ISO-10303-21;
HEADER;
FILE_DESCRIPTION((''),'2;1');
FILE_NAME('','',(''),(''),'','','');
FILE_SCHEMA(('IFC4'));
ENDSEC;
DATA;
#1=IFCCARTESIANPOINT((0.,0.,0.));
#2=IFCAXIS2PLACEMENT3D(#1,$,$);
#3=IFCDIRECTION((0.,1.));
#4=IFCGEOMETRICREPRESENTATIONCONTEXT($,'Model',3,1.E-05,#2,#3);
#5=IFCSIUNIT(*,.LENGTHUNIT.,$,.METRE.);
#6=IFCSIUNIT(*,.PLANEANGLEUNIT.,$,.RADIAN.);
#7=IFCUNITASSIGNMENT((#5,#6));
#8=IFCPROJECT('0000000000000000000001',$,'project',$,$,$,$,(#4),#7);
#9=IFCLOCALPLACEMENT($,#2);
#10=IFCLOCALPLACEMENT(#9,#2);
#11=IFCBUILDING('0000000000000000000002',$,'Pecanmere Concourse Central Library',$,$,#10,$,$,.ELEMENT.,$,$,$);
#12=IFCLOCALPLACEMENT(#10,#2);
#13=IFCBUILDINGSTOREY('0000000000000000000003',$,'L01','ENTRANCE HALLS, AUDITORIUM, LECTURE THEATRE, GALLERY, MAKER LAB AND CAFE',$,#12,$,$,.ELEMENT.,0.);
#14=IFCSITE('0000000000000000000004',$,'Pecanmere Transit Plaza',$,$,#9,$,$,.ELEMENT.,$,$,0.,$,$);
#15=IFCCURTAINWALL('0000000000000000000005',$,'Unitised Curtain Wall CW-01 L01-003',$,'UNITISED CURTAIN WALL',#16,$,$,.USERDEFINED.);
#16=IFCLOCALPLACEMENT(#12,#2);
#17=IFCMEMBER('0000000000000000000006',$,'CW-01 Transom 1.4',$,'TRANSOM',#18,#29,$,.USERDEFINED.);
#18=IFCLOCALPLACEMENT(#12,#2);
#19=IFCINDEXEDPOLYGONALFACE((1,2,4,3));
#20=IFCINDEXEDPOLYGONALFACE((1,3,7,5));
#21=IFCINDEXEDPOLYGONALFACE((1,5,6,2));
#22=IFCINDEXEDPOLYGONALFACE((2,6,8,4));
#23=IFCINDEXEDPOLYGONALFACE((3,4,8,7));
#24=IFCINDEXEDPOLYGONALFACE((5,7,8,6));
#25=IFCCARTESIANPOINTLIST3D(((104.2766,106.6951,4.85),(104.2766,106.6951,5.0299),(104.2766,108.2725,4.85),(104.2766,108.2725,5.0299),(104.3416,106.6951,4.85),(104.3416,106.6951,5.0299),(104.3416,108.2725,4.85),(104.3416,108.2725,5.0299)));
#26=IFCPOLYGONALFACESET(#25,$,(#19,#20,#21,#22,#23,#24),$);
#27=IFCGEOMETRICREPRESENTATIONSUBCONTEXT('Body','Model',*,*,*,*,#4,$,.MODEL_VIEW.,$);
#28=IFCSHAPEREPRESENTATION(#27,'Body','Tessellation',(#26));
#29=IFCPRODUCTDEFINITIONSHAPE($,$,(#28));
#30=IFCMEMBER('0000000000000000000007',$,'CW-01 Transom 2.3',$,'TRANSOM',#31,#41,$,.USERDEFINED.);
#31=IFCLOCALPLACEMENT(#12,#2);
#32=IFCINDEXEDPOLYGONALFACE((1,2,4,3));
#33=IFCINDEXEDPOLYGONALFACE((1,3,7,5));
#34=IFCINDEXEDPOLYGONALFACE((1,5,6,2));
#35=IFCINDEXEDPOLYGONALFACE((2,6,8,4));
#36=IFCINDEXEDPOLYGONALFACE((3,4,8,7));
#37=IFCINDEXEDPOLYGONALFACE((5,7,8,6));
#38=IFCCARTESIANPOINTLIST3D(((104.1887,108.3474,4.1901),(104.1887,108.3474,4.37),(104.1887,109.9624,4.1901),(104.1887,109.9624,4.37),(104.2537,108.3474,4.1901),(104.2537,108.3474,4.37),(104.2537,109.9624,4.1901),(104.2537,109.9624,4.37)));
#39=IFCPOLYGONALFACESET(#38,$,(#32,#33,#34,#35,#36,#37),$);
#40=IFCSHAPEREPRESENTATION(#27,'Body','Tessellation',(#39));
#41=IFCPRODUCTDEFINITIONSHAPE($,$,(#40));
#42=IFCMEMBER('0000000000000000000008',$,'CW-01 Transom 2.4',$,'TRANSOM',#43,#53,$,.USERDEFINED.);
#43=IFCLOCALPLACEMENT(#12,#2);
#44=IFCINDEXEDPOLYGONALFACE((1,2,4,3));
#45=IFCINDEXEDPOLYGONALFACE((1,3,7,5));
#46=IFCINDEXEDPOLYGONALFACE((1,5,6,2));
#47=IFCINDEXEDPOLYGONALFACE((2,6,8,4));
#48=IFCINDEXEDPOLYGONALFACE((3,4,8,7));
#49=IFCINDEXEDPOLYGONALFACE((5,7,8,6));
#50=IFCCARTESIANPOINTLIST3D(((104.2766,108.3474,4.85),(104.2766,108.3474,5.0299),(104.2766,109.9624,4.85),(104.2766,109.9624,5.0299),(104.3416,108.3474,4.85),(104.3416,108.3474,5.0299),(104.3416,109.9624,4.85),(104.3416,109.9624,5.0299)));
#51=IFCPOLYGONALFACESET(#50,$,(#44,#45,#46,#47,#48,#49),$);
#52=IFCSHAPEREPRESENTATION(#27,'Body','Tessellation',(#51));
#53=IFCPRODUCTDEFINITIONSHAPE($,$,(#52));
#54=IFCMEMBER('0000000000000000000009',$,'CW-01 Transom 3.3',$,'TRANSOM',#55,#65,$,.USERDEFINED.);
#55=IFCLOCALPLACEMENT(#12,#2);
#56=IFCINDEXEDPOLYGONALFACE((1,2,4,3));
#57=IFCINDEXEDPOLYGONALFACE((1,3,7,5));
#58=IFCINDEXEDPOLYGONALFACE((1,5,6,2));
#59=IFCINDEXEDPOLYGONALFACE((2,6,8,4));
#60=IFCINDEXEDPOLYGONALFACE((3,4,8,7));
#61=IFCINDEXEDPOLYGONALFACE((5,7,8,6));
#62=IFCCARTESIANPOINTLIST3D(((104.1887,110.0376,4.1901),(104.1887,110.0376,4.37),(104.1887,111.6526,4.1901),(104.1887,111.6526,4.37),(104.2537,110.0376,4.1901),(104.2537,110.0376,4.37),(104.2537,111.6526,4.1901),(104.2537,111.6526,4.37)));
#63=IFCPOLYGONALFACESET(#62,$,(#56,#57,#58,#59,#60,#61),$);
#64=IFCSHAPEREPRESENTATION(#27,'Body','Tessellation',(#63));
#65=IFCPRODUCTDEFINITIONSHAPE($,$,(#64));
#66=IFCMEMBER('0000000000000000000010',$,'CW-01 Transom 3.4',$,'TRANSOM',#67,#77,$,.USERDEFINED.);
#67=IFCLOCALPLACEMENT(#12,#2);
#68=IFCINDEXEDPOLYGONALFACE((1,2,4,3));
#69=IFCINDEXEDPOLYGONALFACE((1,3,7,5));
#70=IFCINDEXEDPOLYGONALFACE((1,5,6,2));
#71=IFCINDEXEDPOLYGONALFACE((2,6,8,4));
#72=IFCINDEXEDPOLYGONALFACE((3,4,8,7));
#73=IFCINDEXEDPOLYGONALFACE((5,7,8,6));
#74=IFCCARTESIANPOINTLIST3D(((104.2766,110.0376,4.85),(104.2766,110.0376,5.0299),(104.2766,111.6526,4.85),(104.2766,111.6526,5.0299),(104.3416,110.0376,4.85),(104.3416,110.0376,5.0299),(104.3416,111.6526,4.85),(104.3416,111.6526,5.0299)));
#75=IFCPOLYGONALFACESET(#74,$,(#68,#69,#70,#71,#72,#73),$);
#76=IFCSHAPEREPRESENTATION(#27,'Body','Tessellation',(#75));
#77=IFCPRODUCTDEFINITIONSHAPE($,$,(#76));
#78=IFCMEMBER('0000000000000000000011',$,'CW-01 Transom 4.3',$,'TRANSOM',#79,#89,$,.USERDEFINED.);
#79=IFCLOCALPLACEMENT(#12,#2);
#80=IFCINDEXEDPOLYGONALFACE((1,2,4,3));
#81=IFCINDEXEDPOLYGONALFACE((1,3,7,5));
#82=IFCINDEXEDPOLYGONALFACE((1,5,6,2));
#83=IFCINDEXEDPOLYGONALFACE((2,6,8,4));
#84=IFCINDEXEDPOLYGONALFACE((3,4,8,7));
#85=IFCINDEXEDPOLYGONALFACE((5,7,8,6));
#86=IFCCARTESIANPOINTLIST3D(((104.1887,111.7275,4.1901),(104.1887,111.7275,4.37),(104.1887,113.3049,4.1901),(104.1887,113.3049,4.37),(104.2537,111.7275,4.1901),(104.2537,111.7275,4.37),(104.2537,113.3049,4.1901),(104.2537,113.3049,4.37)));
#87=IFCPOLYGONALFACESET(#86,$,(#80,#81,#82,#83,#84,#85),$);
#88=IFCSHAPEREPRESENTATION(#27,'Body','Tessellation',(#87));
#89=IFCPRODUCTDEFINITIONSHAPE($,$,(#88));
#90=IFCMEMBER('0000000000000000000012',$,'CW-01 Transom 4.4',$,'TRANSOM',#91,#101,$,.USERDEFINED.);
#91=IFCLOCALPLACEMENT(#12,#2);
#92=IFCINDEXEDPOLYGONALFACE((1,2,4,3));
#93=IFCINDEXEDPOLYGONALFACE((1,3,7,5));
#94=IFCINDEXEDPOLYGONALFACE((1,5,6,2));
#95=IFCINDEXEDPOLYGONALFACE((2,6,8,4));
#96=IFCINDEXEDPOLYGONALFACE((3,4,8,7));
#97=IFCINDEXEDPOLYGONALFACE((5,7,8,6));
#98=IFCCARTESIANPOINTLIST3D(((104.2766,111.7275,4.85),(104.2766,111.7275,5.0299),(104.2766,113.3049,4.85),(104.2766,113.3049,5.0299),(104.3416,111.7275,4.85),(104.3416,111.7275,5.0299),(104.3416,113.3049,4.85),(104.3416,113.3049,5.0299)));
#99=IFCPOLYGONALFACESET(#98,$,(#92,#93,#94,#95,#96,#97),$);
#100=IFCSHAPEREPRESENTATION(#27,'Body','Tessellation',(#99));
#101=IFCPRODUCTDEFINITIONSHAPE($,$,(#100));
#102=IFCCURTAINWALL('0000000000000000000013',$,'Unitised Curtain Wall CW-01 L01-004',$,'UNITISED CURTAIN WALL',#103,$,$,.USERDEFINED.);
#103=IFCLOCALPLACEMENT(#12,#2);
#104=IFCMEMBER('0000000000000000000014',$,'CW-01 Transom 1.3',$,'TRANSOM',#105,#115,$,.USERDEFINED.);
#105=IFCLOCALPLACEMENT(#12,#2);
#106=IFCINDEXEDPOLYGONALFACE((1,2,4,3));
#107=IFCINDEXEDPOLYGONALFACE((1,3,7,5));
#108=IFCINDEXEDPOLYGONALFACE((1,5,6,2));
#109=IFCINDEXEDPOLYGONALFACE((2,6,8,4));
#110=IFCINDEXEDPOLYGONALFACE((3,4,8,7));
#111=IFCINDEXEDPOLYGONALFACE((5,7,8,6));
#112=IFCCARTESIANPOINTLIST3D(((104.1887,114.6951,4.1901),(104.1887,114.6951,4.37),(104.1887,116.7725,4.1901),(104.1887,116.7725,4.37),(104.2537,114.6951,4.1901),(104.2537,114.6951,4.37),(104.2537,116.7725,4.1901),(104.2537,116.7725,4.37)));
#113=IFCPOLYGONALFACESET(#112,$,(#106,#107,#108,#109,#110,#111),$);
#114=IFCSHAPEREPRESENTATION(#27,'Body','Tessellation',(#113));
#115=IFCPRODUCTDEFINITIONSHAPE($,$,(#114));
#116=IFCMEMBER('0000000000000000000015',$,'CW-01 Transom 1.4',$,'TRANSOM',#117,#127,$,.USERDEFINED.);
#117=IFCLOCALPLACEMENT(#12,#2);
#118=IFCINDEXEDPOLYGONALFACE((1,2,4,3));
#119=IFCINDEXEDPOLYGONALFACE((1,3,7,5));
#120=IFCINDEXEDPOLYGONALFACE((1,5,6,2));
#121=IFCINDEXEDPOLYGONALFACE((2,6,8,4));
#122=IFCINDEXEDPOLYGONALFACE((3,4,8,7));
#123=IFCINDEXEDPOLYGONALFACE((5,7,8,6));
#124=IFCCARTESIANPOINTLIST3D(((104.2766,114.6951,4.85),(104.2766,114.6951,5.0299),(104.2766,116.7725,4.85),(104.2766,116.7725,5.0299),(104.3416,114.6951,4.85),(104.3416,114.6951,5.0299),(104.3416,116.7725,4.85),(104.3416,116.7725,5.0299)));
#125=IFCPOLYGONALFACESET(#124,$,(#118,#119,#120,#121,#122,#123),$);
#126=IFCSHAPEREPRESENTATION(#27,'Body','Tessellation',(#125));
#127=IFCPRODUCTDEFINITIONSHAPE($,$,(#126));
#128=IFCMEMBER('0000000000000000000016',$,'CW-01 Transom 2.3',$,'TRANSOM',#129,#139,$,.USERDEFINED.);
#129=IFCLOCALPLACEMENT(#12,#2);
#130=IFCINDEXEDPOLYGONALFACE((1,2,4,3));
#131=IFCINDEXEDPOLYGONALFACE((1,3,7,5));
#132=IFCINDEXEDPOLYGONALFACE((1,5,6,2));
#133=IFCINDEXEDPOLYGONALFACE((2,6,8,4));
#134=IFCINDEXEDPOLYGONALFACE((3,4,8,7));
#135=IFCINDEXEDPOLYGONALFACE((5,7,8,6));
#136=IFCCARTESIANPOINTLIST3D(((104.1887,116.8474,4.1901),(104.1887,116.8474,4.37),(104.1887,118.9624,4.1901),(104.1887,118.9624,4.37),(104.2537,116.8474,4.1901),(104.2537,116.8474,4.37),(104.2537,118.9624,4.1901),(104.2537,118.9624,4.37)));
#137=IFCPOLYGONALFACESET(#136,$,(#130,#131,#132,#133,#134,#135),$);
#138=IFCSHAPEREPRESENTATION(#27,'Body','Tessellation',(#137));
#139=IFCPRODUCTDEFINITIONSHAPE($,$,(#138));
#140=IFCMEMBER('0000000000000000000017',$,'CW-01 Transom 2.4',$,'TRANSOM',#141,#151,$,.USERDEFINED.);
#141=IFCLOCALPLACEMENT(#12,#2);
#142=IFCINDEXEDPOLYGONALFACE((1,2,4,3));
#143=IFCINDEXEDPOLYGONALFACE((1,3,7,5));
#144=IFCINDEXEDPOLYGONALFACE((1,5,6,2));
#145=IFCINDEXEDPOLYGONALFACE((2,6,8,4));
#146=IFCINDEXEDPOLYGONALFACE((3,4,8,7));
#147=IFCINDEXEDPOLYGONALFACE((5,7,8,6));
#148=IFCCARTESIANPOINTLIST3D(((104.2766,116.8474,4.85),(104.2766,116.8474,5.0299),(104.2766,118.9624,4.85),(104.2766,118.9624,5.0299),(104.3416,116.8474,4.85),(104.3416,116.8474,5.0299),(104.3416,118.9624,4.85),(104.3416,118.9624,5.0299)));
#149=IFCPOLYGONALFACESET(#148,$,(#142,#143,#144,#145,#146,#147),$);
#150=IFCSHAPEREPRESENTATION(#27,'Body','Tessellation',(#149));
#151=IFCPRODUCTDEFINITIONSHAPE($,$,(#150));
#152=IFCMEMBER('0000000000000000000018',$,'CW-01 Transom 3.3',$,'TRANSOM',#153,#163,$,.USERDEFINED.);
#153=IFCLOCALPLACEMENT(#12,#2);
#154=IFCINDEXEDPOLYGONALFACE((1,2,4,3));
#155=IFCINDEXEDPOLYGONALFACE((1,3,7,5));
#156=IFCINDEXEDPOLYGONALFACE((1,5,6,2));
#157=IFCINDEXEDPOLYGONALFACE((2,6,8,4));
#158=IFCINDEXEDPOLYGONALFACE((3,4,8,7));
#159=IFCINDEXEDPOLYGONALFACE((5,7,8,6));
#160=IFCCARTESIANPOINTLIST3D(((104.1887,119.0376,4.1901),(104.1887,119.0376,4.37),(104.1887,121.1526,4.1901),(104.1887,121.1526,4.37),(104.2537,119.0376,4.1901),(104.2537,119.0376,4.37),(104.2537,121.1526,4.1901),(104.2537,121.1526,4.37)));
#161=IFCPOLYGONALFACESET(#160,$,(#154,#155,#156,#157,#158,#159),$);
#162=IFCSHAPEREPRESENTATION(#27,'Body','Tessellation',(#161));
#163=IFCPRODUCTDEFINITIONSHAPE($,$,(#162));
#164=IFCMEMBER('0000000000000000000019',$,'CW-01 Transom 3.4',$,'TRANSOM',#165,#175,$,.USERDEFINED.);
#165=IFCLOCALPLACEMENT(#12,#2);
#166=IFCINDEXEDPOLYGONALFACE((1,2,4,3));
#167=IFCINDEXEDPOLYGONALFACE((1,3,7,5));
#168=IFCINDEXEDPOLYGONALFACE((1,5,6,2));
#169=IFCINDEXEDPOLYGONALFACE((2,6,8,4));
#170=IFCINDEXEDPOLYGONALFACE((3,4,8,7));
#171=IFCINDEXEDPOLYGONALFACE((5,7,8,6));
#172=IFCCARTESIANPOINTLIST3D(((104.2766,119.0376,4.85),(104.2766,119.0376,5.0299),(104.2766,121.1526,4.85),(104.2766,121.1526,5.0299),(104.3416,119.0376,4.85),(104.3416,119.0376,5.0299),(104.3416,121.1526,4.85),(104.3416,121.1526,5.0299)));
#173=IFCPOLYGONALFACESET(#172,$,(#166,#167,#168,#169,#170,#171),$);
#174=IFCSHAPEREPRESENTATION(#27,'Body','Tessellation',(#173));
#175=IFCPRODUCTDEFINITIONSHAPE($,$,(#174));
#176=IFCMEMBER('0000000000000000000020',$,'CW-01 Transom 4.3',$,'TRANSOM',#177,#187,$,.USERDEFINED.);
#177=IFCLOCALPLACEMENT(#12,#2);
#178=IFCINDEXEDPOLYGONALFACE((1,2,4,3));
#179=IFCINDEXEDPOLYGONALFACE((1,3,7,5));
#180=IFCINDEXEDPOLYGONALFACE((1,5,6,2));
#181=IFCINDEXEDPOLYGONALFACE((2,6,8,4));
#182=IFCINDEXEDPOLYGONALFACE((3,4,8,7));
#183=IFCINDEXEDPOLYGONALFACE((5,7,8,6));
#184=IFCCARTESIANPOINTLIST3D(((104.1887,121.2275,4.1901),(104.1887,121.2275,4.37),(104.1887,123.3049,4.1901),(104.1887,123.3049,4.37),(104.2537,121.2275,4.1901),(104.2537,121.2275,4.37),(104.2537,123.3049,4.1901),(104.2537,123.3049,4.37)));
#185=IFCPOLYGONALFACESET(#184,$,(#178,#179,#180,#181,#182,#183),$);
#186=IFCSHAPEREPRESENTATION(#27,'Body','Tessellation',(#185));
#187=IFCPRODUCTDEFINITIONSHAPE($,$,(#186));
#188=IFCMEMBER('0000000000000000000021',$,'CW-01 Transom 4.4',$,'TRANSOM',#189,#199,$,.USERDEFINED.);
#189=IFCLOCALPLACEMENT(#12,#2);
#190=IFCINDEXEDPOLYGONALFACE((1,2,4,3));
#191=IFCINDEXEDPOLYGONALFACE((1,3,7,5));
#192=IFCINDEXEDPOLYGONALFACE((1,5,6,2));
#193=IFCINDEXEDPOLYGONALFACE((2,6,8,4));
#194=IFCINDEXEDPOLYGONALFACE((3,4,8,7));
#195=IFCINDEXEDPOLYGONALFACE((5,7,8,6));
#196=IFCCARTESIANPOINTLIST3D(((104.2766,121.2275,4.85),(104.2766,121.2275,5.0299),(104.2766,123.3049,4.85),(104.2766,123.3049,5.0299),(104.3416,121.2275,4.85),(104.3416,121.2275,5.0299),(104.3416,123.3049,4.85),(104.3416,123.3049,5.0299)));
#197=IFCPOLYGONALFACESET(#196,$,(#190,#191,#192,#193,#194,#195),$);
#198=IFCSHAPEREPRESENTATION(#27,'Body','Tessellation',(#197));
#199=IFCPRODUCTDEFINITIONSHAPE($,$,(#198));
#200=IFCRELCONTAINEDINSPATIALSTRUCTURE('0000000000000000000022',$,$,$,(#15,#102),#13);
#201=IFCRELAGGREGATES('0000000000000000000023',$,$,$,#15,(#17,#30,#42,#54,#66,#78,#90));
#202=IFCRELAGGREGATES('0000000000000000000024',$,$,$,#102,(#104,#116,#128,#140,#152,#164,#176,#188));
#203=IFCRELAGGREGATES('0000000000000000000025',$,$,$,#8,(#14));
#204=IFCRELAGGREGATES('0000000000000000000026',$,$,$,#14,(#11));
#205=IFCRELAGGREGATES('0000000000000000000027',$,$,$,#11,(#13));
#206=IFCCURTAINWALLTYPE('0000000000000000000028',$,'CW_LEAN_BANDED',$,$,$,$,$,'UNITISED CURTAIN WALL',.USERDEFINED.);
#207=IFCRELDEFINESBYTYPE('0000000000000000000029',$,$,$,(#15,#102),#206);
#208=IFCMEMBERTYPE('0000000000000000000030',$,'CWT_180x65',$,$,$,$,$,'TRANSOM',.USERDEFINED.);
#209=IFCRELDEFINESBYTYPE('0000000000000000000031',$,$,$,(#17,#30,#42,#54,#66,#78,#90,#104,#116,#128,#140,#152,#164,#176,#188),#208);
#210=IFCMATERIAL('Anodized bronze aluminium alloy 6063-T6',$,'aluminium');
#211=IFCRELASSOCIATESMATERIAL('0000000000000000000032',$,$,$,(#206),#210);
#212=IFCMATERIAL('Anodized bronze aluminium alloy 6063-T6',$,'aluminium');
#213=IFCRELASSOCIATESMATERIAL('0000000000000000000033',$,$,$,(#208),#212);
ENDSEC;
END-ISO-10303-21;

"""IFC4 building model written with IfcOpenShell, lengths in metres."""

from ifc_helpers import new_model, si_unit, direction, frame, origin, origin_2d, place, context, subcontext, project, spatial, rectangle, extrude, material, material_profile, profile_set, type_object, element, aggregate, save


model = new_model("IFC4")

# Units and contexts
model_context = context("Model", 3, precision=1e-05, world=origin(), true_north=direction((0.0, 1.0)))
body_context = subcontext(model_context, "Body", "Model", "MODEL_VIEW")
ifc_project = project(units=[si_unit("LENGTHUNIT", "METRE"), si_unit("PLANEANGLEUNIT", "RADIAN")], contexts=[model_context])

# Site, building, storey
site_placement = place(None, origin())
site = spatial("IfcSite", under=ifc_project, at=site_placement, Name="Pecanmere Transit Plaza", CompositionType="ELEMENT", RefElevation=0.0)
building_placement = place(site_placement, origin())
building = spatial("IfcBuilding", under=site, at=building_placement, Name="Pecanmere Concourse Central Library", CompositionType="ELEMENT")
storey_placement = place(building_placement, origin())
storey = spatial("IfcBuildingStorey", under=building, at=storey_placement, Name="L01", Description="ENTRANCE HALLS, AUDITORIUM, LECTURE THEATRE, GALLERY, MAKER LAB AND CAFE", CompositionType="ELEMENT", Elevation=0.0)

# Curtain walls, members
ifc_material_1 = material(Name="Anodized bronze aluminium alloy 6063-T6", Category="aluminium")
curtain_wall_type = type_object("IfcCurtainWallType", Name="CW_LEAN_BANDED", ElementType="UNITISED CURTAIN WALL", PredefinedType="USERDEFINED", material=ifc_material_1)
curtain_wall_1_placement = place(storey_placement, origin())
curtain_wall_1 = element("IfcCurtainWall", 1, at=curtain_wall_1_placement, inside=storey, type_object=curtain_wall_type, Name="Unitised Curtain Wall CW-01 L01-003", ObjectType="UNITISED CURTAIN WALL", PredefinedType="USERDEFINED")
ifc_material_2 = material(Name="Anodized bronze aluminium alloy 6063-T6", Category="aluminium")
ifc_material_profile = material_profile(ifc_material_2, rectangle(XDim=0.0649, YDim=0.1799, at=origin_2d()), Name="AL 65x180")
ifc_profile_set = profile_set([ifc_material_profile], Name="Anodized bronze aluminium alloy 6063-T6")
member_type = type_object("IfcMemberType", Name="CWT_180x65", ElementType="TRANSOM", PredefinedType="USERDEFINED", material=ifc_profile_set)
member_1_placement = place(storey_placement, frame((104.3091, 106.6951, 4.9399), z_axis=(0.0, 1.0, 0.0), x_axis=(-1.0, 0.0, 0.0)))
member_1 = element("IfcMember", 2, at=member_1_placement, type_object=member_type, Name="CW-01 Transom 1.4", ObjectType="TRANSOM", PredefinedType="USERDEFINED", context=body_context, shape_type="SweptSolid", body=[
    extrude(rectangle(XDim=0.0649, YDim=0.1799, at=origin_2d()), origin(), (0.0, 0.0, 1.0), 1.5774),
])
member_2_placement = place(storey_placement, frame((104.2212, 108.3474, 4.28), z_axis=(0.0, 1.0, 0.0), x_axis=(-1.0, 0.0, 0.0)))
member_2 = element("IfcMember", 3, at=member_2_placement, type_object=member_type, Name="CW-01 Transom 2.3", ObjectType="TRANSOM", PredefinedType="USERDEFINED", context=body_context, shape_type="SweptSolid", body=[
    extrude(rectangle(XDim=0.0649, YDim=0.1799, at=origin_2d()), origin(), (0.0, 0.0, 1.0), 1.615),
])
member_3_placement = place(storey_placement, frame((104.3091, 108.3474, 4.9399), z_axis=(0.0, 1.0, 0.0), x_axis=(-1.0, 0.0, 0.0)))
member_3 = element("IfcMember", 4, at=member_3_placement, type_object=member_type, Name="CW-01 Transom 2.4", ObjectType="TRANSOM", PredefinedType="USERDEFINED", context=body_context, shape_type="SweptSolid", body=[
    extrude(rectangle(XDim=0.0649, YDim=0.1799, at=origin_2d()), origin(), (0.0, 0.0, 1.0), 1.615),
])
member_4_placement = place(storey_placement, frame((104.2212, 110.0376, 4.28), z_axis=(0.0, 1.0, 0.0), x_axis=(-1.0, 0.0, 0.0)))
member_4 = element("IfcMember", 5, at=member_4_placement, type_object=member_type, Name="CW-01 Transom 3.3", ObjectType="TRANSOM", PredefinedType="USERDEFINED", context=body_context, shape_type="SweptSolid", body=[
    extrude(rectangle(XDim=0.0649, YDim=0.1799, at=origin_2d()), origin(), (0.0, 0.0, 1.0), 1.615),
])
member_5_placement = place(storey_placement, frame((104.3091, 110.0376, 4.9399), z_axis=(0.0, 1.0, 0.0), x_axis=(-1.0, 0.0, 0.0)))
member_5 = element("IfcMember", 6, at=member_5_placement, type_object=member_type, Name="CW-01 Transom 3.4", ObjectType="TRANSOM", PredefinedType="USERDEFINED", context=body_context, shape_type="SweptSolid", body=[
    extrude(rectangle(XDim=0.0649, YDim=0.1799, at=origin_2d()), origin(), (0.0, 0.0, 1.0), 1.615),
])
member_6_placement = place(storey_placement, frame((104.2212, 111.7275, 4.28), z_axis=(0.0, 1.0, 0.0), x_axis=(-1.0, 0.0, 0.0)))
member_6 = element("IfcMember", 7, at=member_6_placement, type_object=member_type, Name="CW-01 Transom 4.3", ObjectType="TRANSOM", PredefinedType="USERDEFINED", context=body_context, shape_type="SweptSolid", body=[
    extrude(rectangle(XDim=0.0649, YDim=0.1799, at=origin_2d()), origin(), (0.0, 0.0, 1.0), 1.5774),
])
member_7_placement = place(storey_placement, frame((104.3091, 111.7275, 4.9399), z_axis=(0.0, 1.0, 0.0), x_axis=(-1.0, 0.0, 0.0)))
member_7 = element("IfcMember", 8, at=member_7_placement, type_object=member_type, Name="CW-01 Transom 4.4", ObjectType="TRANSOM", PredefinedType="USERDEFINED", context=body_context, shape_type="SweptSolid", body=[
    extrude(rectangle(XDim=0.0649, YDim=0.1799, at=origin_2d()), origin(), (0.0, 0.0, 1.0), 1.5774),
])
curtain_wall_2_placement = place(storey_placement, origin())
curtain_wall_2 = element("IfcCurtainWall", 9, at=curtain_wall_2_placement, inside=storey, type_object=curtain_wall_type, Name="Unitised Curtain Wall CW-01 L01-004", ObjectType="UNITISED CURTAIN WALL", PredefinedType="USERDEFINED")
member_8_placement = place(storey_placement, frame((104.2212, 114.6951, 4.28), z_axis=(0.0, 1.0, 0.0), x_axis=(-1.0, 0.0, 0.0)))
member_8 = element("IfcMember", 10, at=member_8_placement, type_object=member_type, Name="CW-01 Transom 1.3", ObjectType="TRANSOM", PredefinedType="USERDEFINED", context=body_context, shape_type="SweptSolid", body=[
    extrude(rectangle(XDim=0.0649, YDim=0.1799, at=origin_2d()), origin(), (0.0, 0.0, 1.0), 2.0774),
])
member_9_placement = place(storey_placement, frame((104.3091, 114.6951, 4.9399), z_axis=(0.0, 1.0, 0.0), x_axis=(-1.0, 0.0, 0.0)))
member_9 = element("IfcMember", 11, at=member_9_placement, type_object=member_type, Name="CW-01 Transom 1.4", ObjectType="TRANSOM", PredefinedType="USERDEFINED", context=body_context, shape_type="SweptSolid", body=[
    extrude(rectangle(XDim=0.0649, YDim=0.1799, at=origin_2d()), origin(), (0.0, 0.0, 1.0), 2.0774),
])
member_10_placement = place(storey_placement, frame((104.2212, 116.8474, 4.28), z_axis=(0.0, 1.0, 0.0), x_axis=(-1.0, 0.0, 0.0)))
member_10 = element("IfcMember", 12, at=member_10_placement, type_object=member_type, Name="CW-01 Transom 2.3", ObjectType="TRANSOM", PredefinedType="USERDEFINED", context=body_context, shape_type="SweptSolid", body=[
    extrude(rectangle(XDim=0.0649, YDim=0.1799, at=origin_2d()), origin(), (0.0, 0.0, 1.0), 2.115),
])
member_11_placement = place(storey_placement, frame((104.3091, 116.8474, 4.9399), z_axis=(0.0, 1.0, 0.0), x_axis=(-1.0, 0.0, 0.0)))
member_11 = element("IfcMember", 13, at=member_11_placement, type_object=member_type, Name="CW-01 Transom 2.4", ObjectType="TRANSOM", PredefinedType="USERDEFINED", context=body_context, shape_type="SweptSolid", body=[
    extrude(rectangle(XDim=0.0649, YDim=0.1799, at=origin_2d()), origin(), (0.0, 0.0, 1.0), 2.115),
])
member_12_placement = place(storey_placement, frame((104.2212, 119.0376, 4.28), z_axis=(0.0, 1.0, 0.0), x_axis=(-1.0, 0.0, 0.0)))
member_12 = element("IfcMember", 14, at=member_12_placement, type_object=member_type, Name="CW-01 Transom 3.3", ObjectType="TRANSOM", PredefinedType="USERDEFINED", context=body_context, shape_type="SweptSolid", body=[
    extrude(rectangle(XDim=0.0649, YDim=0.1799, at=origin_2d()), origin(), (0.0, 0.0, 1.0), 2.115),
])
member_13_placement = place(storey_placement, frame((104.3091, 119.0376, 4.9399), z_axis=(0.0, 1.0, 0.0), x_axis=(-1.0, 0.0, 0.0)))
member_13 = element("IfcMember", 15, at=member_13_placement, type_object=member_type, Name="CW-01 Transom 3.4", ObjectType="TRANSOM", PredefinedType="USERDEFINED", context=body_context, shape_type="SweptSolid", body=[
    extrude(rectangle(XDim=0.0649, YDim=0.1799, at=origin_2d()), origin(), (0.0, 0.0, 1.0), 2.115),
])
member_14_placement = place(storey_placement, frame((104.2212, 121.2275, 4.28), z_axis=(0.0, 1.0, 0.0), x_axis=(-1.0, 0.0, 0.0)))
member_14 = element("IfcMember", 16, at=member_14_placement, type_object=member_type, Name="CW-01 Transom 4.3", ObjectType="TRANSOM", PredefinedType="USERDEFINED", context=body_context, shape_type="SweptSolid", body=[
    extrude(rectangle(XDim=0.0649, YDim=0.1799, at=origin_2d()), origin(), (0.0, 0.0, 1.0), 2.0774),
])
member_15_placement = place(storey_placement, frame((104.3091, 121.2275, 4.9399), z_axis=(0.0, 1.0, 0.0), x_axis=(-1.0, 0.0, 0.0)))
member_15 = element("IfcMember", 17, at=member_15_placement, type_object=member_type, Name="CW-01 Transom 4.4", ObjectType="TRANSOM", PredefinedType="USERDEFINED", context=body_context, shape_type="SweptSolid", body=[
    extrude(rectangle(XDim=0.0649, YDim=0.1799, at=origin_2d()), origin(), (0.0, 0.0, 1.0), 2.0774),
])

aggregate(curtain_wall_1, [member_1, member_2, member_3, member_4, member_5, member_6, member_7])
aggregate(curtain_wall_2, [member_8, member_9, member_10, member_11, member_12, member_13, member_14, member_15])

save(model, "model.ifc")
